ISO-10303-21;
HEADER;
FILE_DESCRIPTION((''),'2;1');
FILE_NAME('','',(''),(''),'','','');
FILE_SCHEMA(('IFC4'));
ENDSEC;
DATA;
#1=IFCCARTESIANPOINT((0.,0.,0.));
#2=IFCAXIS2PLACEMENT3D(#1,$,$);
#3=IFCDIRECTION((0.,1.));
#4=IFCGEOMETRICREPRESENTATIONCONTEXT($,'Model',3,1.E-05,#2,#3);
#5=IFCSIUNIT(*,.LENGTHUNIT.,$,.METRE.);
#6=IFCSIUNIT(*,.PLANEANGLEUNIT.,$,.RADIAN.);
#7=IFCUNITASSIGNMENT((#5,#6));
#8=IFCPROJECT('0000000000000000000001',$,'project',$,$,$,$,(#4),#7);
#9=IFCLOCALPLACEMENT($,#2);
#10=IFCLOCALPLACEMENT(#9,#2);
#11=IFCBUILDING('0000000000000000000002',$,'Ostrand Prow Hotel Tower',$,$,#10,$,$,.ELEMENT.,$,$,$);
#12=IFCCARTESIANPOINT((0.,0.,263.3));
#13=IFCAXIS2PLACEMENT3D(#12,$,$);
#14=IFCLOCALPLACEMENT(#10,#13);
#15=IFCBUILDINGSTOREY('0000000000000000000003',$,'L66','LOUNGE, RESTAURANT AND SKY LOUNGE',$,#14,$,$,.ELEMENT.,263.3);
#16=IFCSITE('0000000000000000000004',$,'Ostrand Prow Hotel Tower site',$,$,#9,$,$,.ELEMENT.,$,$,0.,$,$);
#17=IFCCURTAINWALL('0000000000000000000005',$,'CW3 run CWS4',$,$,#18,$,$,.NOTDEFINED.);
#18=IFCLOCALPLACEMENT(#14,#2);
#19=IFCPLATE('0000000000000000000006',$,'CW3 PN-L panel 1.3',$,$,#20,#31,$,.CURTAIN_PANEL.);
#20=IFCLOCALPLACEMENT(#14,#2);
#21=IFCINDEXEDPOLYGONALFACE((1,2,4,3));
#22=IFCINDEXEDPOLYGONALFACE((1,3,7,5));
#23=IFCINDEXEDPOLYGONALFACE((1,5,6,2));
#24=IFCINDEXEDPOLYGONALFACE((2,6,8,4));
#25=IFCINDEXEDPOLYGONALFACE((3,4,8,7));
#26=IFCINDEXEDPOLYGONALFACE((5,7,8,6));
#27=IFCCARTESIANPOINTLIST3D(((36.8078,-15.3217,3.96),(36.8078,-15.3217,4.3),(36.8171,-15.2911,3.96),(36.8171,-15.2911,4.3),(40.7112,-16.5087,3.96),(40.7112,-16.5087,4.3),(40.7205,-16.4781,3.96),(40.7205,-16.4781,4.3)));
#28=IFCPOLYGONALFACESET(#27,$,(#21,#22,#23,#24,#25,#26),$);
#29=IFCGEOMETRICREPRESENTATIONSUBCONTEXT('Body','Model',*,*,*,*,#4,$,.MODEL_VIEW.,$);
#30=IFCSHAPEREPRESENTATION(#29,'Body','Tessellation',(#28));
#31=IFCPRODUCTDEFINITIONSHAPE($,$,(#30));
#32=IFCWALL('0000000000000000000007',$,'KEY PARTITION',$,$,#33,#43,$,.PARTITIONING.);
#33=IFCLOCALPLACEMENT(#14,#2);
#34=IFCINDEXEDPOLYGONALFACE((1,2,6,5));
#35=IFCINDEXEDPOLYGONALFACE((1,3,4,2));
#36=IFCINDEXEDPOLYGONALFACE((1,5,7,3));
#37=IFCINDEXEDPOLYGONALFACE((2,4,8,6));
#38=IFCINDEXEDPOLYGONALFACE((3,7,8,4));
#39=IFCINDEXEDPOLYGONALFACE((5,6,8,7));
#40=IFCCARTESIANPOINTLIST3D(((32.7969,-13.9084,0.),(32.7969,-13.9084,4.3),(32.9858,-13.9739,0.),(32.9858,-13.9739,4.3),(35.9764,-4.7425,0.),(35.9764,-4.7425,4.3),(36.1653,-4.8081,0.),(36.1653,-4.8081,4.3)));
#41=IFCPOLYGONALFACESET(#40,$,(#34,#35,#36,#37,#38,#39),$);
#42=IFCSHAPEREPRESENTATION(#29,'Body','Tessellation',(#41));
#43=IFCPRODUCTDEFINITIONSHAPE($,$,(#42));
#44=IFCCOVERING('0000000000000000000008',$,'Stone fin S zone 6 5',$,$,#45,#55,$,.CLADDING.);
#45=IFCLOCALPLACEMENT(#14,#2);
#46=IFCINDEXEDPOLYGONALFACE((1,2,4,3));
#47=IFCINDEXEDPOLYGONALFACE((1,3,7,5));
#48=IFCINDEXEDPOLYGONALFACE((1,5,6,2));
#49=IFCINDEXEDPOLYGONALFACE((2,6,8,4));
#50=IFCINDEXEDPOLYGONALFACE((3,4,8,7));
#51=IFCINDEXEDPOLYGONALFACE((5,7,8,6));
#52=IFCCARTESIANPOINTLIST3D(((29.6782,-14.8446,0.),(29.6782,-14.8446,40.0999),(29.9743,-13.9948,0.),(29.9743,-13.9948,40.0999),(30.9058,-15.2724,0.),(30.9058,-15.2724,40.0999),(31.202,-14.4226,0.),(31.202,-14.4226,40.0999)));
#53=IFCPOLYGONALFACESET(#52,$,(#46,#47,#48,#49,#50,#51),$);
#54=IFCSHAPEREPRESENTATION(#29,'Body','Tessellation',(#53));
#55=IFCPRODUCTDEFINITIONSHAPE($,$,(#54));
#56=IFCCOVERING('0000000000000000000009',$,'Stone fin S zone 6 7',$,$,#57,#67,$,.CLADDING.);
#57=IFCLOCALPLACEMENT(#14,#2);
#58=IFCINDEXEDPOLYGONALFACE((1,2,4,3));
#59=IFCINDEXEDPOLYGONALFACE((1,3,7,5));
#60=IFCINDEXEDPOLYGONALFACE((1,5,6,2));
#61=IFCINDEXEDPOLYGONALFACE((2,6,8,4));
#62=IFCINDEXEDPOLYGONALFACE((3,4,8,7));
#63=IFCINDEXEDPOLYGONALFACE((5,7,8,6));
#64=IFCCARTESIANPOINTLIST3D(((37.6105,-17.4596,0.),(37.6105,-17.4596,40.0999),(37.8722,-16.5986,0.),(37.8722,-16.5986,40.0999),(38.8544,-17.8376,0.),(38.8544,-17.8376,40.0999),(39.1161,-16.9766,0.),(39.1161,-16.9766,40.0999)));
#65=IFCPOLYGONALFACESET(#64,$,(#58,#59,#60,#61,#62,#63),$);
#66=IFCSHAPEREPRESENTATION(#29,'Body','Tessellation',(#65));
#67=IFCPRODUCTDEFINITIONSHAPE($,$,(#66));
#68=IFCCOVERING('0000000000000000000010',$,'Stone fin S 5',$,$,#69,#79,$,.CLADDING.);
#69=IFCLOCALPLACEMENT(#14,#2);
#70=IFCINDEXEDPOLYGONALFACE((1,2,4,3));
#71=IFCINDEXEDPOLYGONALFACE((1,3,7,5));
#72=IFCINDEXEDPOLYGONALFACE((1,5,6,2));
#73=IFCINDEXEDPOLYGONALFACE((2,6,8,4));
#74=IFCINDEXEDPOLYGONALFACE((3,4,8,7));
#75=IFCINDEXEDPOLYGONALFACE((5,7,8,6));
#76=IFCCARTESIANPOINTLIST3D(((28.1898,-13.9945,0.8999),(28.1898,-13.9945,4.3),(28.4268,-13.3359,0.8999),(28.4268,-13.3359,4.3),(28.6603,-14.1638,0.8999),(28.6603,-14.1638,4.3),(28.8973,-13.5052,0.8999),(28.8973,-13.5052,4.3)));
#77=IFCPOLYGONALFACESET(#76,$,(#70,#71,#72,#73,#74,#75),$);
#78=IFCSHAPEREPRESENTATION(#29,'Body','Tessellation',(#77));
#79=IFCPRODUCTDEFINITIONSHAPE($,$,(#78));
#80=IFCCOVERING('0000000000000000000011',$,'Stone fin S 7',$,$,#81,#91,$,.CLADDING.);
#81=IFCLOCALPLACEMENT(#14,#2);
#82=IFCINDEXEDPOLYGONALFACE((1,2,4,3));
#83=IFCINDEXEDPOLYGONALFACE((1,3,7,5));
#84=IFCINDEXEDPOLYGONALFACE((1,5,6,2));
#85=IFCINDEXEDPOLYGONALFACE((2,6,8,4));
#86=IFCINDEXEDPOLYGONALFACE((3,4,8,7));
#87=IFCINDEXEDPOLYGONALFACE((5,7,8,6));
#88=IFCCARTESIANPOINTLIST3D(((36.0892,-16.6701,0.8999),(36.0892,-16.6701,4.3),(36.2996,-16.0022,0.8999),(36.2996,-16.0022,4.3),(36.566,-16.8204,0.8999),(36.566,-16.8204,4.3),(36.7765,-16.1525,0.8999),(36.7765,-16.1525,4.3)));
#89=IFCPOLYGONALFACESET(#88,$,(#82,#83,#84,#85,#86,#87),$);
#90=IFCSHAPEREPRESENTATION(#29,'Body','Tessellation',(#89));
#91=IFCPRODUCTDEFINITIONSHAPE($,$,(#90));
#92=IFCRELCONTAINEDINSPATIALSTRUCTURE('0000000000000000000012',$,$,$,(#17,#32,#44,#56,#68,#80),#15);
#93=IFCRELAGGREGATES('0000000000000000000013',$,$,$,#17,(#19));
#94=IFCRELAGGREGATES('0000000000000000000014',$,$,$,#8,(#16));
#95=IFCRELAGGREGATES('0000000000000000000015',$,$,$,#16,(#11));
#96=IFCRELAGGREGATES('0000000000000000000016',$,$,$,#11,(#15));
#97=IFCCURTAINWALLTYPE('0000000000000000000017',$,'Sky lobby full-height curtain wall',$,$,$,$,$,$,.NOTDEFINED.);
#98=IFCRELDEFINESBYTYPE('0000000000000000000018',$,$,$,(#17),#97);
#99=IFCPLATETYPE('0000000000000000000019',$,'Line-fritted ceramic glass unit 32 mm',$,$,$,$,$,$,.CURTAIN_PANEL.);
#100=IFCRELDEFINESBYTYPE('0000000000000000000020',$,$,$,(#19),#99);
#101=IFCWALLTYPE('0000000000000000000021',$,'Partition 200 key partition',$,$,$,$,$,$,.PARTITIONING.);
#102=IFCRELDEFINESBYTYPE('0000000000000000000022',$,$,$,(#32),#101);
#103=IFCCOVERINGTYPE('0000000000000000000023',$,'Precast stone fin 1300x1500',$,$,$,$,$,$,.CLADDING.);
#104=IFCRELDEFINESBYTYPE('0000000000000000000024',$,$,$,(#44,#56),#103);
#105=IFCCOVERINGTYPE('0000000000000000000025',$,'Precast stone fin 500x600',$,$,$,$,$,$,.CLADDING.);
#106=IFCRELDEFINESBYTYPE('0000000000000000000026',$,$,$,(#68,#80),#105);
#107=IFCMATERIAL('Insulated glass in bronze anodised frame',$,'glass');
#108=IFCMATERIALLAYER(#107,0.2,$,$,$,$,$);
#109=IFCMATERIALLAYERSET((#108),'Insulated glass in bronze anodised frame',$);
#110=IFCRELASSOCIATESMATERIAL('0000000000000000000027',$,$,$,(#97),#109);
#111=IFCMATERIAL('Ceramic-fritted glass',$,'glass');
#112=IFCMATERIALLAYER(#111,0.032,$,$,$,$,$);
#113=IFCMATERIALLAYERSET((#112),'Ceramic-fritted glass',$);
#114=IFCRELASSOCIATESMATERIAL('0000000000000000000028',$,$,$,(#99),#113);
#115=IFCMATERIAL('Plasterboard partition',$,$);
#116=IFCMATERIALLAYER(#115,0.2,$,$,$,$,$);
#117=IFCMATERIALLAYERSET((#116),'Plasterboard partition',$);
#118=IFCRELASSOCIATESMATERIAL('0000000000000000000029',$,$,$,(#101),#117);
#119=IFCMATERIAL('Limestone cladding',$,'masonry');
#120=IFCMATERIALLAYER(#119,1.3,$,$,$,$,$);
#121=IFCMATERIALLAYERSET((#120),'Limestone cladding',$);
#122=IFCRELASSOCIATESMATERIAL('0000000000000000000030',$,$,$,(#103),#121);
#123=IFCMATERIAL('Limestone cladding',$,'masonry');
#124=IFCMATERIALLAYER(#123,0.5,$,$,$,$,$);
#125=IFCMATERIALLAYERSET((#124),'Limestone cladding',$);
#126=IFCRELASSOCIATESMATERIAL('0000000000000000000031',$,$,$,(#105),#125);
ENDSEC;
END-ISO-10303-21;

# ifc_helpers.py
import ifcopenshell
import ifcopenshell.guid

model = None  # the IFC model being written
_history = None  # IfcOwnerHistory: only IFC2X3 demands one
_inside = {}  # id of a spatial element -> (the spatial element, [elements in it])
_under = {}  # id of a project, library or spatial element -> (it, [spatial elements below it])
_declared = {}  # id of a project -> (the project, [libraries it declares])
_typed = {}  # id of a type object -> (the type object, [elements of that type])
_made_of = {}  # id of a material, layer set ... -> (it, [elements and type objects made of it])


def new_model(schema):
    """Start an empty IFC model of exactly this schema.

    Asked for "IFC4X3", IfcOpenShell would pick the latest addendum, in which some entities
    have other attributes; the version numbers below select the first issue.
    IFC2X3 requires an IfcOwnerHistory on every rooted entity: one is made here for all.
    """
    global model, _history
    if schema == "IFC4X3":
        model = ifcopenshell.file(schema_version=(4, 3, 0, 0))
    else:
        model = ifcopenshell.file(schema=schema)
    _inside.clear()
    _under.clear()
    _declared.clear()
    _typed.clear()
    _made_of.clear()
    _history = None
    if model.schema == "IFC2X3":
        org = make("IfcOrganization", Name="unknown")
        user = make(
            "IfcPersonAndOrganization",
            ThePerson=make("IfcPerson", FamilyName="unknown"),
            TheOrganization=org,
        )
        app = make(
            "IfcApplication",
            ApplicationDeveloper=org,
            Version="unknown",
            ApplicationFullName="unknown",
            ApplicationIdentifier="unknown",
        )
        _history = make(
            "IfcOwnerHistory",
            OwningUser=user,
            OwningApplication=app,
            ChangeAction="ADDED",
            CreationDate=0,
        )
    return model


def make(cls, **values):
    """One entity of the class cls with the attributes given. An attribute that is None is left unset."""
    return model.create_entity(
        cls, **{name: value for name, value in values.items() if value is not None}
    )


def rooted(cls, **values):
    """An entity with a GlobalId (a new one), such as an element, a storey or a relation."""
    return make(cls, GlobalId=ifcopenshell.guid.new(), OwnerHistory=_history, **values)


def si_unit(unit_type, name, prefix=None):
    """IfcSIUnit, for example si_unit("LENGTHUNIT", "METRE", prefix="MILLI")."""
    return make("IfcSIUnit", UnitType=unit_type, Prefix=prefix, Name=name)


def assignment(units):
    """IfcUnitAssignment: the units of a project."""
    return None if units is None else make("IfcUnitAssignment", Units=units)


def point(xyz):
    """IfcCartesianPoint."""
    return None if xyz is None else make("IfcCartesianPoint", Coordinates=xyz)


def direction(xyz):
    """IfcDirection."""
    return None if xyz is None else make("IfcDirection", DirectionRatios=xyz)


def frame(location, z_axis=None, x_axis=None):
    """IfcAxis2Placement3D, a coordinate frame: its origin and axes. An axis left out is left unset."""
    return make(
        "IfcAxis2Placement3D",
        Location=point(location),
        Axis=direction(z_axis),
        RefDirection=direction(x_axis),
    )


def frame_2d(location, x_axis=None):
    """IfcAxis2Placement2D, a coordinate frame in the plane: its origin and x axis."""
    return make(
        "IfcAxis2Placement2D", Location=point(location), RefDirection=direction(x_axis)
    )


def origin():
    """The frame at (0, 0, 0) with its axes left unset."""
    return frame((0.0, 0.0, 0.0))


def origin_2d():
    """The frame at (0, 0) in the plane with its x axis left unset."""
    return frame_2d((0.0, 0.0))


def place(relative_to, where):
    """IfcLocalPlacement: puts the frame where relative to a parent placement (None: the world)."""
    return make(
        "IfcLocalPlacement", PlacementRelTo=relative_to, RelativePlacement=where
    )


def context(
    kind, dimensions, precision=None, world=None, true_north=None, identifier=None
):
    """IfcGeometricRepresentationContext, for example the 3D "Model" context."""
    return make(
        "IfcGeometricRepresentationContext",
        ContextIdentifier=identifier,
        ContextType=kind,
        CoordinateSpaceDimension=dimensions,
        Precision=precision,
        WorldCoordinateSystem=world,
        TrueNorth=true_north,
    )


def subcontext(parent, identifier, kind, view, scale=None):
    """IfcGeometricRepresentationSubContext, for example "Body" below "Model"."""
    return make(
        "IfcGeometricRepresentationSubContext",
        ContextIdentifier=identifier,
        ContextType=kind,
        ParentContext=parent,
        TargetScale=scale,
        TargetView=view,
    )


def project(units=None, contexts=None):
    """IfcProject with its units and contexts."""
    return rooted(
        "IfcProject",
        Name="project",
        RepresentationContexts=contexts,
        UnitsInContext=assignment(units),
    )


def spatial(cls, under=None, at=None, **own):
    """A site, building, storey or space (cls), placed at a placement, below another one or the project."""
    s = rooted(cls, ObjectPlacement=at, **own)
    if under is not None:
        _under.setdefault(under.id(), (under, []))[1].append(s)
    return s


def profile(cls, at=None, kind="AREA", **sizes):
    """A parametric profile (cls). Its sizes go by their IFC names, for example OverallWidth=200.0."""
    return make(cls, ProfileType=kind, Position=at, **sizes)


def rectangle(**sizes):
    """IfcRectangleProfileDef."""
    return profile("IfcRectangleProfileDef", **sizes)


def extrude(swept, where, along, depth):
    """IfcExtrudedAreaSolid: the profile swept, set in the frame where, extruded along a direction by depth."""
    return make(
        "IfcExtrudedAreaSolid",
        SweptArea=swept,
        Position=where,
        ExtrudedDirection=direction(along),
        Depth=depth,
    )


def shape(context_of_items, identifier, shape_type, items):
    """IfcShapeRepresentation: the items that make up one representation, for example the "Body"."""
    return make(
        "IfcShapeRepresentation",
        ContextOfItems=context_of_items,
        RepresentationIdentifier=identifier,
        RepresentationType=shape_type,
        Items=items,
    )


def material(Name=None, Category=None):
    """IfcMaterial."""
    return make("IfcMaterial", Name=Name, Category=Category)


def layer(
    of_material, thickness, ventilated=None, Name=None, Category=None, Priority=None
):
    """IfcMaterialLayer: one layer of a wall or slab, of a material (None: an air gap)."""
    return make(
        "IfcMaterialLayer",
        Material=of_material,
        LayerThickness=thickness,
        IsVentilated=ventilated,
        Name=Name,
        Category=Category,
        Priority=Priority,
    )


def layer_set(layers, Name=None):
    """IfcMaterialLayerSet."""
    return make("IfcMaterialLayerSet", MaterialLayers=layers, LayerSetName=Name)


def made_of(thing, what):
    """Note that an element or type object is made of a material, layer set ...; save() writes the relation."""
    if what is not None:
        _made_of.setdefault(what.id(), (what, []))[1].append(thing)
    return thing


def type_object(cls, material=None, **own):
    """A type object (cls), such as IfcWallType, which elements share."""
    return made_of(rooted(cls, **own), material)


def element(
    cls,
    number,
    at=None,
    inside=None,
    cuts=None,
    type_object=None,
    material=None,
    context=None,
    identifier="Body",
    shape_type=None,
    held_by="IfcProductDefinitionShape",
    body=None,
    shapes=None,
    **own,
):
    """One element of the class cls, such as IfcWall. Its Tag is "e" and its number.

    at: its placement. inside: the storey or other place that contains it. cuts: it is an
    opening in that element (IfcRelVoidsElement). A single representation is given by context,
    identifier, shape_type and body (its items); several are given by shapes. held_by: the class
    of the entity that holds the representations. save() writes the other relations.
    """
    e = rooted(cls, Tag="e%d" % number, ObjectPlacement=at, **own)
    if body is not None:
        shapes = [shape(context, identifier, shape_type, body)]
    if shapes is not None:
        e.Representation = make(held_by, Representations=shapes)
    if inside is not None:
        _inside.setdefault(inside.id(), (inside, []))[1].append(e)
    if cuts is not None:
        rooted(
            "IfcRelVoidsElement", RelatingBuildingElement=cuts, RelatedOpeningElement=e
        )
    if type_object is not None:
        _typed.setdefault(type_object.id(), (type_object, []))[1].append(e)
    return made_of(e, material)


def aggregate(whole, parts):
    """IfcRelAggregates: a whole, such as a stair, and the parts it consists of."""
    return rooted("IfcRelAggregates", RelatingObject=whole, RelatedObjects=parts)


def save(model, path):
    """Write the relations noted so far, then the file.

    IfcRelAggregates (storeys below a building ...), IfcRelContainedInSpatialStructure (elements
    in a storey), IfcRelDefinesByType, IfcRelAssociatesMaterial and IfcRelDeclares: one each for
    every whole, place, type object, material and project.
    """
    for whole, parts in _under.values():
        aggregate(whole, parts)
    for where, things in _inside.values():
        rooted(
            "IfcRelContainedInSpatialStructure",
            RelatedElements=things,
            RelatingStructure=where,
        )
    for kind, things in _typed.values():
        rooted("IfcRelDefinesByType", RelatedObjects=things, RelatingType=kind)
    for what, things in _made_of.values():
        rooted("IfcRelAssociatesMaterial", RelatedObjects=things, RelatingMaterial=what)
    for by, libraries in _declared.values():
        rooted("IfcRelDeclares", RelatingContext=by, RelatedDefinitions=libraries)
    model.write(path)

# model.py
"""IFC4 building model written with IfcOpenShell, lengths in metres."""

from ifc_helpers import new_model, si_unit, direction, frame, frame_2d, origin, origin_2d, place, context, subcontext, project, spatial, rectangle, extrude, material, layer, layer_set, type_object, element, aggregate, save


model = new_model("IFC4")

# Units and contexts
model_context = context("Model", 3, precision=1e-05, world=origin(), true_north=direction((0.0, 1.0)))
body_context = subcontext(model_context, "Body", "Model", "MODEL_VIEW")
ifc_project = project(units=[si_unit("LENGTHUNIT", "METRE"), si_unit("PLANEANGLEUNIT", "RADIAN")], contexts=[model_context])

# Site, building, storey
site_placement = place(None, origin())
site = spatial("IfcSite", under=ifc_project, at=site_placement, Name="Ostrand Prow Hotel Tower site", CompositionType="ELEMENT", RefElevation=0.0)
building_placement = place(site_placement, origin())
building = spatial("IfcBuilding", under=site, at=building_placement, Name="Ostrand Prow Hotel Tower", CompositionType="ELEMENT")
storey_placement = place(building_placement, frame((0.0, 0.0, 263.3)))
storey = spatial("IfcBuildingStorey", under=building, at=storey_placement, Name="L66", Description="LOUNGE, RESTAURANT AND SKY LOUNGE", CompositionType="ELEMENT", Elevation=263.3)

# Curtain wall
ifc_material_1 = material(Name="Insulated glass in bronze anodised frame", Category="glass")
ifc_layer_1 = layer(ifc_material_1, 0.2)
ifc_layer_set_1 = layer_set([ifc_layer_1], Name="Insulated glass in bronze anodised frame")
curtain_wall_type = type_object("IfcCurtainWallType", Name="Sky lobby full-height curtain wall", PredefinedType="NOTDEFINED", material=ifc_layer_set_1)
curtain_wall_1_placement = place(storey_placement, origin())
curtain_wall_1 = element("IfcCurtainWall", 1, at=curtain_wall_1_placement, inside=storey, type_object=curtain_wall_type, Name="CW3 run CWS4", PredefinedType="NOTDEFINED")

# Plate
ifc_material_2 = material(Name="Ceramic-fritted glass", Category="glass")
ifc_layer_2 = layer(ifc_material_2, 0.032)
ifc_layer_set_2 = layer_set([ifc_layer_2], Name="Ceramic-fritted glass")
plate_type_1 = type_object("IfcPlateType", Name="Line-fritted ceramic glass unit 32 mm", PredefinedType="CURTAIN_PANEL", material=ifc_layer_set_2)
plate_1_placement = place(storey_placement, frame((38.7642, -15.8999, 3.96), z_axis=(0.0, 0.0, 1.0), x_axis=(0.956742, -0.290938, 0.0)))
plate_1 = element("IfcPlate", 2, at=plate_1_placement, type_object=plate_type_1, Name="CW3 PN-L panel 1.3", PredefinedType="CURTAIN_PANEL", context=body_context, shape_type="SweptSolid", body=[
    extrude(rectangle(XDim=4.0798, YDim=0.032, at=origin_2d()), origin(), (0.0, 0.0, 1.0), 0.3401),
])
aggregate(curtain_wall_1, [plate_1])

# Wall
ifc_material_3 = material(Name="Plasterboard partition")
ifc_layer_3 = layer(ifc_material_3, 0.2)
ifc_layer_set_3 = layer_set([ifc_layer_3], Name="Plasterboard partition")
wall_type = type_object("IfcWallType", Name="Partition 200 key partition", PredefinedType="PARTITIONING", material=ifc_layer_set_3)
wall_placement = place(storey_placement, frame((32.8914, -13.9412, 0.0), z_axis=(0.0, 0.0, 1.0), x_axis=(0.327725, 0.944773, 0.0)))
element("IfcWall", 3, at=wall_placement, inside=storey, type_object=wall_type, Name="KEY PARTITION", PredefinedType="PARTITIONING", context=body_context, shape_type="SweptSolid", body=[
    extrude(rectangle(XDim=9.7017, YDim=0.2, at=frame_2d((4.8508, 0.0))), origin(), (0.0, 0.0, 1.0), 4.3),
])

# Coverings
ifc_material_4 = material(Name="Limestone cladding", Category="masonry")
ifc_layer_4 = layer(ifc_material_4, 1.3)
ifc_layer_set_4 = layer_set([ifc_layer_4], Name="Limestone cladding")
covering_type_1 = type_object("IfcCoveringType", Name="Precast stone fin 1300x1500", PredefinedType="CLADDING", material=ifc_layer_set_4)
for number, where, z_axis, x_axis, name in (
    (4, (30.5881, -14.2087, 0.0), (0.0, 0.0, 1.0), (-0.329057, -0.94431, 0.0), "Stone fin S zone 6 5"),
    (5, (38.4941, -16.7876, 0.0), (0.0, 0.0, 1.0), (-0.290805, -0.956782, 0.0), "Stone fin S zone 6 7"),
):
    element("IfcCovering", number, at=place(storey_placement, frame(where, z_axis=z_axis, x_axis=x_axis)), inside=storey, type_object=covering_type_1, Name=name, PredefinedType="CLADDING", context=body_context, shape_type="SweptSolid", body=[
        extrude(rectangle(XDim=0.8999, YDim=1.3, at=frame_2d((0.45, 0.0))), origin(), (0.0, 0.0, 1.0), 40.0999),
    ])
ifc_material_5 = material(Name="Limestone cladding", Category="masonry")
ifc_layer_5 = layer(ifc_material_5, 0.5)
ifc_layer_set_5 = layer_set([ifc_layer_5], Name="Limestone cladding")
covering_type_2 = type_object("IfcCoveringType", Name="Precast stone fin 500x600", PredefinedType="CLADDING", material=ifc_layer_set_5)
covering_1_placement = place(storey_placement, frame((28.6621, -13.4204, 0.8999), z_axis=(0.0, 0.0, 1.0), x_axis=(-0.338633, -0.940919, 0.0)))
element("IfcCovering", 6, at=covering_1_placement, inside=storey, type_object=covering_type_2, Name="Stone fin S 5", PredefinedType="CLADDING", context=body_context, shape_type="SweptSolid", body=[
    extrude(rectangle(XDim=0.7, YDim=0.5, at=frame_2d((0.3501, 0.0))), origin(), (0.0, 0.0, 1.0), 3.4001),
])
covering_2_placement = place(storey_placement, frame((36.5381, -16.0774, 0.8999), z_axis=(0.0, 0.0, 1.0), x_axis=(-0.300597, -0.953751, 0.0)))
element("IfcCovering", 7, at=covering_2_placement, inside=storey, type_object=covering_type_2, Name="Stone fin S 7", PredefinedType="CLADDING", context=body_context, shape_type="SweptSolid", body=[
    extrude(rectangle(XDim=0.7002, YDim=0.5, at=frame_2d((0.3501, 0.0))), origin(), (0.0, 0.0, 1.0), 3.4001),
])

save(model, "model.ifc")
